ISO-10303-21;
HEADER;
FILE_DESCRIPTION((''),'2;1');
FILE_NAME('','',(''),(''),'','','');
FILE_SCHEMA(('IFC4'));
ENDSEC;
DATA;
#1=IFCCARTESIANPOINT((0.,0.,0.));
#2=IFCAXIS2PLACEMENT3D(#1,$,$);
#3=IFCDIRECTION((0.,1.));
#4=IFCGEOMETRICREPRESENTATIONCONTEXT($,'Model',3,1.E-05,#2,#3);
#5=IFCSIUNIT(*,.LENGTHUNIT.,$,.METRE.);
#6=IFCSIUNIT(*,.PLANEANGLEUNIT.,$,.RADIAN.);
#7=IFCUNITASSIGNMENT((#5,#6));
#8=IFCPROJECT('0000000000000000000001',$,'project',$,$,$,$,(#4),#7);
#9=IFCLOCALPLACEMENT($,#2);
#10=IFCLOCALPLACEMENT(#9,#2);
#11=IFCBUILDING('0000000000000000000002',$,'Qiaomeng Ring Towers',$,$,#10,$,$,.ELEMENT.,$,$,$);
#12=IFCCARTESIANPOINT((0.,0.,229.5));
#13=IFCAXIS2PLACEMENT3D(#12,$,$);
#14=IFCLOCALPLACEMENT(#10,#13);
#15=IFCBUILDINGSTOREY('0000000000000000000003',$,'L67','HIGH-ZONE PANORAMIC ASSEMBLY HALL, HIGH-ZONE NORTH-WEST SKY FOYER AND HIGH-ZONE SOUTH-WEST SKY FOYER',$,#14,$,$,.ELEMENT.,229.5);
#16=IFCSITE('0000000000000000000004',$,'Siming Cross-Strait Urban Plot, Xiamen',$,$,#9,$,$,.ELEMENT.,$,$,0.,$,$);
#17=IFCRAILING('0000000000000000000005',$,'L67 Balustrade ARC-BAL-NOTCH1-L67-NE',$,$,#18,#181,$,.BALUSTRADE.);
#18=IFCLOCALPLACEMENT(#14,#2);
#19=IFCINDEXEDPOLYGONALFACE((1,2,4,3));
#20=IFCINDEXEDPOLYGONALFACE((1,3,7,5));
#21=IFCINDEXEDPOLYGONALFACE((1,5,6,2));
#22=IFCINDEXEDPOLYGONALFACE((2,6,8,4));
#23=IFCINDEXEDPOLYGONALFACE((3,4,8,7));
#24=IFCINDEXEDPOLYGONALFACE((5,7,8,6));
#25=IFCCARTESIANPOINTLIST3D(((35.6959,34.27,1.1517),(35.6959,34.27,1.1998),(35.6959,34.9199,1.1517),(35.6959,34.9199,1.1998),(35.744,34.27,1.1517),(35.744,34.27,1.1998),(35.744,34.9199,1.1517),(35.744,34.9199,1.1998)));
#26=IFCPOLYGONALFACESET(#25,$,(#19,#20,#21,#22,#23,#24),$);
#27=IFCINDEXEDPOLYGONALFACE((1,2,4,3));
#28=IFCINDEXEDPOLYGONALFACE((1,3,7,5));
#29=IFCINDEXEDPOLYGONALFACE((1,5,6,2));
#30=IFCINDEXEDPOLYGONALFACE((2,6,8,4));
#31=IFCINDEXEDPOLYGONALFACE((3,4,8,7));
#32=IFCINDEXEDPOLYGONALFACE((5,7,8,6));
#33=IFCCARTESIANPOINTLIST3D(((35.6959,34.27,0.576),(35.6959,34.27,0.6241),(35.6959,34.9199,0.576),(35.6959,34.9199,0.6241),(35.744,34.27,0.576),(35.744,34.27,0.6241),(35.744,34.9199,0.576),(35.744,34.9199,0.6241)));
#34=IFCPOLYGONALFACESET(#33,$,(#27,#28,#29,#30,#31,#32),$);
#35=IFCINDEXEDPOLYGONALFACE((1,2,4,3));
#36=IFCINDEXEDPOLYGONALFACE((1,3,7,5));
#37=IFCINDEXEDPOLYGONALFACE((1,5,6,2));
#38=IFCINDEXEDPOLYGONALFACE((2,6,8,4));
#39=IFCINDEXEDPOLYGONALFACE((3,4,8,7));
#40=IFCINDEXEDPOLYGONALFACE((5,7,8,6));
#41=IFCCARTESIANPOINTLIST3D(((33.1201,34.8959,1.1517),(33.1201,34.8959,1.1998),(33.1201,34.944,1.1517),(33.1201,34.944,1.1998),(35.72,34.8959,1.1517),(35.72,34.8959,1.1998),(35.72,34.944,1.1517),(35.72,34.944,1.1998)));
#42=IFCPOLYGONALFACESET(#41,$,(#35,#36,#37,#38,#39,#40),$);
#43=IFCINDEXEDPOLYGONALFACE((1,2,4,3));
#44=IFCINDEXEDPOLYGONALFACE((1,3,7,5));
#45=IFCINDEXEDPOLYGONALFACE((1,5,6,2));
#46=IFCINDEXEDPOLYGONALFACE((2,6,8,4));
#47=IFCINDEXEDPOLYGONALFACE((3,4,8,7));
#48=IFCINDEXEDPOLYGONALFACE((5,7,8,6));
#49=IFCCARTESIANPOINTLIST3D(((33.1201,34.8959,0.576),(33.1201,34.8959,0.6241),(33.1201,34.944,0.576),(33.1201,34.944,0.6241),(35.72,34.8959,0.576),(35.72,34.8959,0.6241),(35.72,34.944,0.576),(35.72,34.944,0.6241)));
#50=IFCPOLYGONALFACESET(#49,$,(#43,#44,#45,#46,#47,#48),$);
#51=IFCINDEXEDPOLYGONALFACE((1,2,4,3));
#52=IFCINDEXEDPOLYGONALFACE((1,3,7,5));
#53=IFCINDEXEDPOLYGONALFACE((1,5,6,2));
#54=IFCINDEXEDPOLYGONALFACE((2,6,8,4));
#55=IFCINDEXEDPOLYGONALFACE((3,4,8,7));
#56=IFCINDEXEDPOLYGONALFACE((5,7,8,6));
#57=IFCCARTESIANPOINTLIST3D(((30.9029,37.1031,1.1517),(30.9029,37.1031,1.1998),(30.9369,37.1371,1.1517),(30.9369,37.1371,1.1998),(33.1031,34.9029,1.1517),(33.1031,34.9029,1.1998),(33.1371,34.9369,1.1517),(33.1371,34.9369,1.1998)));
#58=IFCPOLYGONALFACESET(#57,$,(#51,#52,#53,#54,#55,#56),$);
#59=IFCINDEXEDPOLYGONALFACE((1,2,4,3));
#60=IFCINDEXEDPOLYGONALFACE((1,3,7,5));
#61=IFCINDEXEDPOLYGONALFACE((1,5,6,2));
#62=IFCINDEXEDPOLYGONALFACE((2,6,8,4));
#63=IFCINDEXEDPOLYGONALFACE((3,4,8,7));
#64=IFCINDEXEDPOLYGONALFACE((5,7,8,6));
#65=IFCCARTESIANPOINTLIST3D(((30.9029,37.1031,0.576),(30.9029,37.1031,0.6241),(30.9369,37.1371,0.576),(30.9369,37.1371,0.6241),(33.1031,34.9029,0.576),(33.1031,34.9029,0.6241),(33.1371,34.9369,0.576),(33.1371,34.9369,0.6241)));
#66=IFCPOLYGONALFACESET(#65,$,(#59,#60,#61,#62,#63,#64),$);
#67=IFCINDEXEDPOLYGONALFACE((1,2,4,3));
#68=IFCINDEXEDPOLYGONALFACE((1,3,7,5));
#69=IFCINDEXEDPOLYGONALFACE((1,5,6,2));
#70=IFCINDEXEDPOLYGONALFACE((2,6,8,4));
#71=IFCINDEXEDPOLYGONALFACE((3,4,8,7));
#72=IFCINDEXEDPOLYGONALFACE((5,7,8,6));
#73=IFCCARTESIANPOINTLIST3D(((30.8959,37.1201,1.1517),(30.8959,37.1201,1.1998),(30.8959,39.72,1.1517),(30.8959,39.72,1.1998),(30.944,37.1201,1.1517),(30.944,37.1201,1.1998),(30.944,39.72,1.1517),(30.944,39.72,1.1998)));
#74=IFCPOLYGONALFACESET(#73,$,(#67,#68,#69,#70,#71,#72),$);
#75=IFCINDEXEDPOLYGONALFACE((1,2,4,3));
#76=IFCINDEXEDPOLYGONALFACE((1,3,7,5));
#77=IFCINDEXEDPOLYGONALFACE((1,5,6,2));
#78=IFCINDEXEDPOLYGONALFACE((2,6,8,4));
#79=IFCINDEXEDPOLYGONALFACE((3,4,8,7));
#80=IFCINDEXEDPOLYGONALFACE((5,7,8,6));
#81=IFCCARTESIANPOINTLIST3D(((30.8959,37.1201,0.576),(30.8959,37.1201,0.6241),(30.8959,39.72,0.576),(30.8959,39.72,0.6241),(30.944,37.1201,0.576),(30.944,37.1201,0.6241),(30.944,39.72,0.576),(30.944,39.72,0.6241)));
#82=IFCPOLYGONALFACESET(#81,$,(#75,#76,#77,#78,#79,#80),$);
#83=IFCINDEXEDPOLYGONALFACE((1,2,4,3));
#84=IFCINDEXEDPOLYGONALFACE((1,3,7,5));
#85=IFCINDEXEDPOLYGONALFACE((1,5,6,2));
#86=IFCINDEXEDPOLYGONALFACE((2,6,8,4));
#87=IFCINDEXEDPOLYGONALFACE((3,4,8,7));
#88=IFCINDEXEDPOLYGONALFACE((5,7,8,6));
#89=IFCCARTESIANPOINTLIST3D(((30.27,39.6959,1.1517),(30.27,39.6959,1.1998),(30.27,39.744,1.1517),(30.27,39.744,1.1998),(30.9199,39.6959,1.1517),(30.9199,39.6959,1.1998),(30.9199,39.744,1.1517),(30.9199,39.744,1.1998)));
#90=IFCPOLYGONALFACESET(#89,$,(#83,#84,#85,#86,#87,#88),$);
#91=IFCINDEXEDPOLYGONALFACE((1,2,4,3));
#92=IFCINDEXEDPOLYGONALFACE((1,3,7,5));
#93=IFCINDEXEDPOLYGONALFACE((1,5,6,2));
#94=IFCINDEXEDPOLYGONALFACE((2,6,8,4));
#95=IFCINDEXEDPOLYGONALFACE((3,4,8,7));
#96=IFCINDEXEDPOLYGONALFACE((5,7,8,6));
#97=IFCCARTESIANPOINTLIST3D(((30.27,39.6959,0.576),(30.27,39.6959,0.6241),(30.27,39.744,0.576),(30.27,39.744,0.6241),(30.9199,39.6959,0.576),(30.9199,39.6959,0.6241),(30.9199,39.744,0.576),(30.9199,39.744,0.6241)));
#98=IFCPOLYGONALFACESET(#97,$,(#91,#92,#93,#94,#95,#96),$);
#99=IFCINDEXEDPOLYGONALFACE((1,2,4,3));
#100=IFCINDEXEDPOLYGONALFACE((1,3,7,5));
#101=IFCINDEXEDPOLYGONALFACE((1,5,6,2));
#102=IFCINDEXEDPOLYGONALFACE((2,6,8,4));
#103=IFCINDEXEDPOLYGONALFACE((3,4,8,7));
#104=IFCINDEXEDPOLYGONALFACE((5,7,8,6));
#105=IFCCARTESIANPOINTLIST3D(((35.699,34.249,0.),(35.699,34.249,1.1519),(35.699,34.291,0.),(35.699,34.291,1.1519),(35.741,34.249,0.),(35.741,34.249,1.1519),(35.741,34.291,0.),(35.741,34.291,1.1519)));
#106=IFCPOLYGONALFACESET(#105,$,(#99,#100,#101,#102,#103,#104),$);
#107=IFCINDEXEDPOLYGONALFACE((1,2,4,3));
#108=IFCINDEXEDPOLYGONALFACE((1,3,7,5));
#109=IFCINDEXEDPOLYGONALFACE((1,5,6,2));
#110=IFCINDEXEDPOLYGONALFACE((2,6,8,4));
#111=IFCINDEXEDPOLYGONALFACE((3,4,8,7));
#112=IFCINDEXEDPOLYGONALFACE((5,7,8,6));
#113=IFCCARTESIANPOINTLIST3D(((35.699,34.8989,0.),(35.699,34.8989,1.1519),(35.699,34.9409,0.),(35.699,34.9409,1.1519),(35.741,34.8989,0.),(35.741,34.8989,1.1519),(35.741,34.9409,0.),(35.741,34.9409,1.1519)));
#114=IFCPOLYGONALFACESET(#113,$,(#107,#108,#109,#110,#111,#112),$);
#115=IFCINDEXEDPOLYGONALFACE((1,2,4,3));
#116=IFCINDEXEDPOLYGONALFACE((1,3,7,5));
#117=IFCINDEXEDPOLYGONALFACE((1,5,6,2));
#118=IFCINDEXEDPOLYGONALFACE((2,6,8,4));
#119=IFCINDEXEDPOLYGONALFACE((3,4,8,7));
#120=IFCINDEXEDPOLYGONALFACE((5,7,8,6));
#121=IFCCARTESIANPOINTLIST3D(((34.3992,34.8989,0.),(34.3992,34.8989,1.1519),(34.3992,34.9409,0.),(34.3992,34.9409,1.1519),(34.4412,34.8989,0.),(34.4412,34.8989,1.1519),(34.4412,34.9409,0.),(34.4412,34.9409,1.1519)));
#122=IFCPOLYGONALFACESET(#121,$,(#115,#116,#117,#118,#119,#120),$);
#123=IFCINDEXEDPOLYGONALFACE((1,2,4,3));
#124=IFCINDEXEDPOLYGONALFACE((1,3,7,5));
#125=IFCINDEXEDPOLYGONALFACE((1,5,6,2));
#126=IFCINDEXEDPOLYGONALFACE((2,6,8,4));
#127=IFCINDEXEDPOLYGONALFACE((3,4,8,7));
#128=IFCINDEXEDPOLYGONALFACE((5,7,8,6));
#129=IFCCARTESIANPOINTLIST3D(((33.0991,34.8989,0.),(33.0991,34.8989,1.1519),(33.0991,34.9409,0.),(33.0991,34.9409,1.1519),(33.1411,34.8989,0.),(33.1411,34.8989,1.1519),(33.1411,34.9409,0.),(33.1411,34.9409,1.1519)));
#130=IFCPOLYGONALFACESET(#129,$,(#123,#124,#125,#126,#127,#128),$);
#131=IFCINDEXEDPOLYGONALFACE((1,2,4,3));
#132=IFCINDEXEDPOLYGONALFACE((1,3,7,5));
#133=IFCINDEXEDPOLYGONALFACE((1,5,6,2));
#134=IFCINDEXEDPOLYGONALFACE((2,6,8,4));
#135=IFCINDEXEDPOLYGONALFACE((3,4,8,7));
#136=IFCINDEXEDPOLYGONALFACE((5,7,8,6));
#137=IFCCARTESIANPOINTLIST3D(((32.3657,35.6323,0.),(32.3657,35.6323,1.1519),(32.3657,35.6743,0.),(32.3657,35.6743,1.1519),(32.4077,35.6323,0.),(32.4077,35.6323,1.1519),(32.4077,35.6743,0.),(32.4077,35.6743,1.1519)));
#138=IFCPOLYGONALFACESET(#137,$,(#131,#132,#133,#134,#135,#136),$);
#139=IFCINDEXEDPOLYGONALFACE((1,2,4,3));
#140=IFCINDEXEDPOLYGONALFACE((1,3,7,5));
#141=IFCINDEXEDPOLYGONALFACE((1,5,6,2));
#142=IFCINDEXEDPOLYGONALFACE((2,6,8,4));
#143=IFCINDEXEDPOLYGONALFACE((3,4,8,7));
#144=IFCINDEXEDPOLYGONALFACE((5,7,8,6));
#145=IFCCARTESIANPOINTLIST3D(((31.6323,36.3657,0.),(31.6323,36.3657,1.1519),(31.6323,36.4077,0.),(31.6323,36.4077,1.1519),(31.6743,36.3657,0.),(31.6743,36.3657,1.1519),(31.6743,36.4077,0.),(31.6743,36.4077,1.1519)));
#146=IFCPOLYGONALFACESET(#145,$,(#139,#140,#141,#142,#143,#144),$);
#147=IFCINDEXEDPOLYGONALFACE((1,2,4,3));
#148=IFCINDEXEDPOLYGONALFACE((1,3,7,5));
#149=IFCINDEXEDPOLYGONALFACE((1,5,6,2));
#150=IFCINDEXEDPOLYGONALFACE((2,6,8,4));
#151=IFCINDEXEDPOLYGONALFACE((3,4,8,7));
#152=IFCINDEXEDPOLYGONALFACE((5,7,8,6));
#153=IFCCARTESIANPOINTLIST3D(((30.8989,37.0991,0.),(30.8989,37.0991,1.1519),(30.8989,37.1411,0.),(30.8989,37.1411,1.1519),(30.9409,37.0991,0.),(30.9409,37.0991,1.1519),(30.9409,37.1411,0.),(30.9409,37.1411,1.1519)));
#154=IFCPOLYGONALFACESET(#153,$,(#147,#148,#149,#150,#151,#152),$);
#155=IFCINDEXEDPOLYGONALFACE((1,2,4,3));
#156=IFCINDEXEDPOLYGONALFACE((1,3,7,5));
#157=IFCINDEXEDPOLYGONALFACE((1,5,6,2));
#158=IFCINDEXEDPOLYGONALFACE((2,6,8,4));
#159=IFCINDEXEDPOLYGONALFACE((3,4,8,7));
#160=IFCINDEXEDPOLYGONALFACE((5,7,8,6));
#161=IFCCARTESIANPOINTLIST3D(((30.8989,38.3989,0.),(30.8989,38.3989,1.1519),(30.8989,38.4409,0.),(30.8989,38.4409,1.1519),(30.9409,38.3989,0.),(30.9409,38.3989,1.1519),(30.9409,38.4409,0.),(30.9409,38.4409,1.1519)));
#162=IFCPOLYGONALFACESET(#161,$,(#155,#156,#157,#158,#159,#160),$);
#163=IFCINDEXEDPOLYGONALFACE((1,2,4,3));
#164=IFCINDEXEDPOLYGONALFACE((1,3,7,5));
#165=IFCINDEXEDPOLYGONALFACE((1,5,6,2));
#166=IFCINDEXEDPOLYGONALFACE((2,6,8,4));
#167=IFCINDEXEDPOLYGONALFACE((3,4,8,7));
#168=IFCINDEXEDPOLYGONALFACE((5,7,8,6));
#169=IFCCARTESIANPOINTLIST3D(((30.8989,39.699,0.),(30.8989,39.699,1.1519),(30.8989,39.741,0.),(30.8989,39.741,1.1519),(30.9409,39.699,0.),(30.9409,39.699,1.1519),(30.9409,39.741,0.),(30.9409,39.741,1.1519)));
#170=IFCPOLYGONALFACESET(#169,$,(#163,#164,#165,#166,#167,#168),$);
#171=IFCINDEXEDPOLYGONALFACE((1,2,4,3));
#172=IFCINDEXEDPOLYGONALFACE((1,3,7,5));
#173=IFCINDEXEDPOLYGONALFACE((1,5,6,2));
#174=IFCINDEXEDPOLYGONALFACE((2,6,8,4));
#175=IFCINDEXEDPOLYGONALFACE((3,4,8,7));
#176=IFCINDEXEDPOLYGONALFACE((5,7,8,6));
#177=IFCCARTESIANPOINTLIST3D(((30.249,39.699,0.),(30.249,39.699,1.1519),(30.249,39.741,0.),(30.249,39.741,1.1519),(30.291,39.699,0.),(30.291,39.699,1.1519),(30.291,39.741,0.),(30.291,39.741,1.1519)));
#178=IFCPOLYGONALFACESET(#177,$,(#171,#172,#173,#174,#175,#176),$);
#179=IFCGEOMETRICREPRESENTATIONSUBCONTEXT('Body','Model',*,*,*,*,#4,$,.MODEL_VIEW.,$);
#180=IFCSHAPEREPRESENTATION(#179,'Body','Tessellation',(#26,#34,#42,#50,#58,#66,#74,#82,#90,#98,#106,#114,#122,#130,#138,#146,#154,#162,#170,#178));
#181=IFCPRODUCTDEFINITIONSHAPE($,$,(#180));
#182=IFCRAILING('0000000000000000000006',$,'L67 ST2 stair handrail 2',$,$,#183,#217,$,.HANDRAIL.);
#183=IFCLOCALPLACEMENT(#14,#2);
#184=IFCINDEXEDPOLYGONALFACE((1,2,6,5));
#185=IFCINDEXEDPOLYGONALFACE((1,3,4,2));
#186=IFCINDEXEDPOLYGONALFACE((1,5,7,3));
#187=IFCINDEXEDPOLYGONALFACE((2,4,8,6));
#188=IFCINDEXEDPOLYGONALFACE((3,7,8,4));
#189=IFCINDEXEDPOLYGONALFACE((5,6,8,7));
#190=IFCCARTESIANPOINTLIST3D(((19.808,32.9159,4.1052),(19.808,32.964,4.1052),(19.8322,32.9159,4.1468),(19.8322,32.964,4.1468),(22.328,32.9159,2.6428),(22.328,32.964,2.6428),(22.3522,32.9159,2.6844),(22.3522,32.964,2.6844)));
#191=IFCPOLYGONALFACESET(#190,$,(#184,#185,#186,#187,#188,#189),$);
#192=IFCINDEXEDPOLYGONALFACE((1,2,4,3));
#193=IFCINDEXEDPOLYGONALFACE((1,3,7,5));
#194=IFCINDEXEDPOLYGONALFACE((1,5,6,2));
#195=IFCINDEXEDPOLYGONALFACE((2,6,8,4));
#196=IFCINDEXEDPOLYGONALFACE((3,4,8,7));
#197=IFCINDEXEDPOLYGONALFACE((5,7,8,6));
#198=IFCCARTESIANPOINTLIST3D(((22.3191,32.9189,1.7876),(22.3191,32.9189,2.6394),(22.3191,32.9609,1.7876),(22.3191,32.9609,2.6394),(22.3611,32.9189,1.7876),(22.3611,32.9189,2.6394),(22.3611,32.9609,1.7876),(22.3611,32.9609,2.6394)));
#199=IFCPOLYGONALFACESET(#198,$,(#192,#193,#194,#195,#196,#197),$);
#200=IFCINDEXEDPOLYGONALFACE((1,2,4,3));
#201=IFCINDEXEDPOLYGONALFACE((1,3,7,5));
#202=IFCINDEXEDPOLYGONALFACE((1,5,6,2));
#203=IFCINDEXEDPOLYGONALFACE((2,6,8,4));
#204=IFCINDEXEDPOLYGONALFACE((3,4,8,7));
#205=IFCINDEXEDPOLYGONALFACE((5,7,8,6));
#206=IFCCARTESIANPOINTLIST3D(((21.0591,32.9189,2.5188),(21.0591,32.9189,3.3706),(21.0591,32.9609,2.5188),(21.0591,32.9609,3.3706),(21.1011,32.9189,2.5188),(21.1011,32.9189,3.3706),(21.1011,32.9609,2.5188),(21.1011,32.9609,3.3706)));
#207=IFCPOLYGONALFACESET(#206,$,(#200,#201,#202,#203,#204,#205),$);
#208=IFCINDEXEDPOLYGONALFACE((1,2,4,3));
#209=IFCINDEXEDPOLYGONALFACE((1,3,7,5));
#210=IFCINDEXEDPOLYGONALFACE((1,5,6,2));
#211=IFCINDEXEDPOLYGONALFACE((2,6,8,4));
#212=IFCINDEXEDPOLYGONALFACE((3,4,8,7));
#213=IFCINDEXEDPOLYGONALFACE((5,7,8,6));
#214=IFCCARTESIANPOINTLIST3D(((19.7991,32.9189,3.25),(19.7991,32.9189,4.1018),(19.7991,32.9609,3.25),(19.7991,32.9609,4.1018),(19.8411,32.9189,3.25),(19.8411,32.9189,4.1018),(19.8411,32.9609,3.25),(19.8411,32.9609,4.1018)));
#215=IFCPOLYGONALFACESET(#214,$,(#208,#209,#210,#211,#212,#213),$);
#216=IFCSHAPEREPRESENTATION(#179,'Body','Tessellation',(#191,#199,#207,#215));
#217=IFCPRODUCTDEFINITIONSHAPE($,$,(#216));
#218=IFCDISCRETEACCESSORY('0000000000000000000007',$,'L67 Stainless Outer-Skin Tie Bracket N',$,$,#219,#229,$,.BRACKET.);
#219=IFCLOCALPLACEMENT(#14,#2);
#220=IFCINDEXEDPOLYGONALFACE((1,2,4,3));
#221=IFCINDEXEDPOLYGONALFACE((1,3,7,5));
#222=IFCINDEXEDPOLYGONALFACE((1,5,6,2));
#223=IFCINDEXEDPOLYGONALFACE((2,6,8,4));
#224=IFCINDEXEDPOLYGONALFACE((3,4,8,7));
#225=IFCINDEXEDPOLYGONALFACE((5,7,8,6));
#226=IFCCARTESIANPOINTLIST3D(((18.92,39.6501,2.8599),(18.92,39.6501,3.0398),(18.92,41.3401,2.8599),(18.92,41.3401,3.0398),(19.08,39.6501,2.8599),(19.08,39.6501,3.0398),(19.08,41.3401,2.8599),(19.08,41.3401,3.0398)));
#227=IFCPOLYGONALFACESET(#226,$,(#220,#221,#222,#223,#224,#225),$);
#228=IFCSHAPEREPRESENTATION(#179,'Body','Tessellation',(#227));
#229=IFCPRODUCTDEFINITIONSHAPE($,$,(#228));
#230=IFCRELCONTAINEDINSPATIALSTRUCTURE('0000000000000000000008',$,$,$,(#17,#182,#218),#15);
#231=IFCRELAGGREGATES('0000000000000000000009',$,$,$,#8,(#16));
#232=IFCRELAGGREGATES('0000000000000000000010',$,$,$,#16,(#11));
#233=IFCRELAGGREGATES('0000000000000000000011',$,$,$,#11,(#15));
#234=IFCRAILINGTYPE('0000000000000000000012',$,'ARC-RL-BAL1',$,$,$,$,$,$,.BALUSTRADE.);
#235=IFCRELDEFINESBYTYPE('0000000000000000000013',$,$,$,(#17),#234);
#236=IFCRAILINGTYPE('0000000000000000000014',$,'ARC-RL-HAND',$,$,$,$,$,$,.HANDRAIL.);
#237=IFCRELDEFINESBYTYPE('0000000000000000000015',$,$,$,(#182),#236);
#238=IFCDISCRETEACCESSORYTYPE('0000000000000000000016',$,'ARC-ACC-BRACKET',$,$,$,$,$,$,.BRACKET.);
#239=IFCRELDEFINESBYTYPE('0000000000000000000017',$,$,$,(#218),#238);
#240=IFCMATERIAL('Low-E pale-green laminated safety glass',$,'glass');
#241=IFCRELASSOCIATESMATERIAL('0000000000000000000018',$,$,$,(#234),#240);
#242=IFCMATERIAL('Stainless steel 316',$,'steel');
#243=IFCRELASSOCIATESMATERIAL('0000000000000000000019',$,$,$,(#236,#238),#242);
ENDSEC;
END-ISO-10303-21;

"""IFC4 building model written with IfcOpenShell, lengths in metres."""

from ifc_helpers import new_model, si_unit, direction, frame, origin, origin_2d, place, context, subcontext, project, spatial, rectangle, extrude, source, transform, mapped, material, type_object, element, save


model = new_model("IFC4")

# Units and contexts
model_context = context("Model", 3, precision=1e-05, world=origin(), true_north=direction((0.0, 1.0)))
body_context = subcontext(model_context, "Body", "Model", "MODEL_VIEW")
ifc_project = project(units=[si_unit("LENGTHUNIT", "METRE"), si_unit("PLANEANGLEUNIT", "RADIAN")], contexts=[model_context])

# Site, building, storey
site_placement = place(None, origin())
site = spatial("IfcSite", under=ifc_project, at=site_placement, Name="Siming Cross-Strait Urban Plot, Xiamen", CompositionType="ELEMENT", RefElevation=0.0)
building_placement = place(site_placement, origin())
building = spatial("IfcBuilding", under=site, at=building_placement, Name="Qiaomeng Ring Towers", CompositionType="ELEMENT")
storey_placement = place(building_placement, frame((0.0, 0.0, 229.5)))
storey = spatial("IfcBuildingStorey", under=building, at=storey_placement, Name="L67", Description="HIGH-ZONE PANORAMIC ASSEMBLY HALL, HIGH-ZONE NORTH-WEST SKY FOYER AND HIGH-ZONE SOUTH-WEST SKY FOYER", CompositionType="ELEMENT", Elevation=229.5)

# Railings
ifc_material_1 = material(Name="Low-E pale-green laminated safety glass", Category="glass")
railing_type_1 = type_object("IfcRailingType", Name="ARC-RL-BAL1", PredefinedType="BALUSTRADE", material=ifc_material_1)
railing_1_placement = place(storey_placement, frame((35.72, 34.27, 0.0)))
element("IfcRailing", 1, at=railing_1_placement, inside=storey, type_object=railing_type_1, Name="L67 Balustrade ARC-BAL-NOTCH1-L67-NE", PredefinedType="BALUSTRADE", context=body_context, shape_type="SweptSolid", body=[
    extrude(rectangle(XDim=0.0481, YDim=0.0481, at=origin_2d()), frame((0.0, 0.0, 1.1758), z_axis=(0.0, 1.0, 0.0), x_axis=(-1.0, 0.0, 0.0)), (0.0, 0.0, 1.0), 0.6499),
    extrude(rectangle(XDim=0.0481, YDim=0.0481, at=origin_2d()), frame((0.0, 0.0, 0.6001), z_axis=(0.0, 1.0, 0.0), x_axis=(-1.0, 0.0, 0.0)), (0.0, 0.0, 1.0), 0.6499),
    extrude(rectangle(XDim=0.0481, YDim=0.0481, at=origin_2d()), frame((0.0, 0.6499, 1.1758), z_axis=(-1.0, 0.0, 0.0), x_axis=(0.0, -1.0, 0.0)), (0.0, 0.0, 1.0), 2.5999),
    extrude(rectangle(XDim=0.0481, YDim=0.0481, at=origin_2d()), frame((0.0, 0.6499, 0.6001), z_axis=(-1.0, 0.0, 0.0), x_axis=(0.0, -1.0, 0.0)), (0.0, 0.0, 1.0), 2.5999),
    extrude(rectangle(XDim=0.0481, YDim=0.0481, at=origin_2d()), frame((-2.5999, 0.6499, 1.1758), z_axis=(-0.707107, 0.707107, 0.0), x_axis=(-0.707107, -0.707107, 0.0)), (0.0, 0.0, 1.0), 3.1116),
    extrude(rectangle(XDim=0.0481, YDim=0.0481, at=origin_2d()), frame((-2.5999, 0.6499, 0.6001), z_axis=(-0.707107, 0.707107, 0.0), x_axis=(-0.707107, -0.707107, 0.0)), (0.0, 0.0, 1.0), 3.1116),
    extrude(rectangle(XDim=0.0481, YDim=0.0481, at=origin_2d()), frame((-4.8, 2.8501, 1.1758), z_axis=(0.0, 1.0, 0.0), x_axis=(-1.0, 0.0, 0.0)), (0.0, 0.0, 1.0), 2.5999),
    extrude(rectangle(XDim=0.0481, YDim=0.0481, at=origin_2d()), frame((-4.8, 2.8501, 0.6001), z_axis=(0.0, 1.0, 0.0), x_axis=(-1.0, 0.0, 0.0)), (0.0, 0.0, 1.0), 2.5999),
    extrude(rectangle(XDim=0.0481, YDim=0.0481, at=origin_2d()), frame((-4.8, 5.45, 1.1758), z_axis=(-1.0, 0.0, 0.0), x_axis=(0.0, -1.0, 0.0)), (0.0, 0.0, 1.0), 0.6499),
    extrude(rectangle(XDim=0.0481, YDim=0.0481, at=origin_2d()), frame((-4.8, 5.45, 0.6001), z_axis=(-1.0, 0.0, 0.0), x_axis=(0.0, -1.0, 0.0)), (0.0, 0.0, 1.0), 0.6499),
    extrude(rectangle(XDim=0.042, YDim=0.042, at=origin_2d()), origin(), (0.0, 0.0, 1.0), 1.1519),
    extrude(rectangle(XDim=0.042, YDim=0.042, at=origin_2d()), frame((0.0, 0.6499, 0.0)), (0.0, 0.0, 1.0), 1.1519),
    extrude(rectangle(XDim=0.042, YDim=0.042, at=origin_2d()), frame((-1.2998, 0.6499, 0.0)), (0.0, 0.0, 1.0), 1.1519),
    extrude(rectangle(XDim=0.042, YDim=0.042, at=origin_2d()), frame((-2.5999, 0.6499, 0.0)), (0.0, 0.0, 1.0), 1.1519),
    extrude(rectangle(XDim=0.042, YDim=0.042, at=origin_2d()), frame((-3.3333, 1.3833, 0.0)), (0.0, 0.0, 1.0), 1.1519),
    extrude(rectangle(XDim=0.042, YDim=0.042, at=origin_2d()), frame((-4.0667, 2.1167, 0.0)), (0.0, 0.0, 1.0), 1.1519),
    extrude(rectangle(XDim=0.042, YDim=0.042, at=origin_2d()), frame((-4.8, 2.8501, 0.0)), (0.0, 0.0, 1.0), 1.1519),
    extrude(rectangle(XDim=0.042, YDim=0.042, at=origin_2d()), frame((-4.8, 4.1499, 0.0)), (0.0, 0.0, 1.0), 1.1519),
    extrude(rectangle(XDim=0.042, YDim=0.042, at=origin_2d()), frame((-4.8, 5.45, 0.0)), (0.0, 0.0, 1.0), 1.1519),
    extrude(rectangle(XDim=0.042, YDim=0.042, at=origin_2d()), frame((-5.45, 5.45, 0.0)), (0.0, 0.0, 1.0), 1.1519),
])
ifc_material_2 = material(Name="Stainless steel 316", Category="steel")
railing_type_2 = type_object("IfcRailingType", Name="ARC-RL-HAND", PredefinedType="HANDRAIL", material=ifc_material_2)
railing_2_placement = place(storey_placement, frame((22.3401, 32.9399, 1.7876)))
element("IfcRailing", 2, at=railing_2_placement, inside=storey, type_object=railing_type_2, Name="L67 ST2 stair handrail 2", PredefinedType="HANDRAIL", context=body_context, shape_type="SweptSolid", body=[
    extrude(rectangle(XDim=0.0481, YDim=0.0481, at=origin_2d()), frame((0.0, 0.0, 0.876), z_axis=(-0.864913, 0.0, 0.501921), x_axis=(0.0, -1.0, 0.0)), (0.0, 0.0, 1.0), 2.9136),
    extrude(rectangle(XDim=0.042, YDim=0.042, at=origin_2d()), origin(), (0.0, 0.0, 1.0), 0.8518),
    extrude(rectangle(XDim=0.042, YDim=0.042, at=origin_2d()), frame((-1.26, 0.0, 0.7312)), (0.0, 0.0, 1.0), 0.8518),
    extrude(rectangle(XDim=0.042, YDim=0.042, at=origin_2d()), frame((-2.52, 0.0, 1.4624)), (0.0, 0.0, 1.0), 0.8518),
])

# Discrete accessory
discrete_accessory_type = type_object("IfcDiscreteAccessoryType", Name="ARC-ACC-BRACKET", PredefinedType="BRACKET", material=ifc_material_2)
shared_shape_1 = source(origin(), body_context, "Body", "SweptSolid", [
    extrude(rectangle(XDim=0.1599, YDim=1.6899, at=origin_2d()), origin(), (0.0, 0.0, 1.0), 0.1799),
])
discrete_accessory_placement = place(storey_placement, frame((19.0, 40.4951, 2.8599), z_axis=(0.0, 0.0, 1.0), x_axis=(1.0, 0.0, 0.0)))
element("IfcDiscreteAccessory", 3, at=discrete_accessory_placement, inside=storey, type_object=discrete_accessory_type, Name="L67 Stainless Outer-Skin Tie Bracket N", PredefinedType="BRACKET", context=body_context, shape_type="MappedRepresentation", body=[
    mapped(shared_shape_1, transform((0.0, 0.0, 0.0), x_axis=(1.0, 0.0, 0.0), y_axis=(0.0, 1.0, 0.0), z_axis=(0.0, 0.0, 1.0), scale=1.0)),
])

save(model, "model.ifc")
